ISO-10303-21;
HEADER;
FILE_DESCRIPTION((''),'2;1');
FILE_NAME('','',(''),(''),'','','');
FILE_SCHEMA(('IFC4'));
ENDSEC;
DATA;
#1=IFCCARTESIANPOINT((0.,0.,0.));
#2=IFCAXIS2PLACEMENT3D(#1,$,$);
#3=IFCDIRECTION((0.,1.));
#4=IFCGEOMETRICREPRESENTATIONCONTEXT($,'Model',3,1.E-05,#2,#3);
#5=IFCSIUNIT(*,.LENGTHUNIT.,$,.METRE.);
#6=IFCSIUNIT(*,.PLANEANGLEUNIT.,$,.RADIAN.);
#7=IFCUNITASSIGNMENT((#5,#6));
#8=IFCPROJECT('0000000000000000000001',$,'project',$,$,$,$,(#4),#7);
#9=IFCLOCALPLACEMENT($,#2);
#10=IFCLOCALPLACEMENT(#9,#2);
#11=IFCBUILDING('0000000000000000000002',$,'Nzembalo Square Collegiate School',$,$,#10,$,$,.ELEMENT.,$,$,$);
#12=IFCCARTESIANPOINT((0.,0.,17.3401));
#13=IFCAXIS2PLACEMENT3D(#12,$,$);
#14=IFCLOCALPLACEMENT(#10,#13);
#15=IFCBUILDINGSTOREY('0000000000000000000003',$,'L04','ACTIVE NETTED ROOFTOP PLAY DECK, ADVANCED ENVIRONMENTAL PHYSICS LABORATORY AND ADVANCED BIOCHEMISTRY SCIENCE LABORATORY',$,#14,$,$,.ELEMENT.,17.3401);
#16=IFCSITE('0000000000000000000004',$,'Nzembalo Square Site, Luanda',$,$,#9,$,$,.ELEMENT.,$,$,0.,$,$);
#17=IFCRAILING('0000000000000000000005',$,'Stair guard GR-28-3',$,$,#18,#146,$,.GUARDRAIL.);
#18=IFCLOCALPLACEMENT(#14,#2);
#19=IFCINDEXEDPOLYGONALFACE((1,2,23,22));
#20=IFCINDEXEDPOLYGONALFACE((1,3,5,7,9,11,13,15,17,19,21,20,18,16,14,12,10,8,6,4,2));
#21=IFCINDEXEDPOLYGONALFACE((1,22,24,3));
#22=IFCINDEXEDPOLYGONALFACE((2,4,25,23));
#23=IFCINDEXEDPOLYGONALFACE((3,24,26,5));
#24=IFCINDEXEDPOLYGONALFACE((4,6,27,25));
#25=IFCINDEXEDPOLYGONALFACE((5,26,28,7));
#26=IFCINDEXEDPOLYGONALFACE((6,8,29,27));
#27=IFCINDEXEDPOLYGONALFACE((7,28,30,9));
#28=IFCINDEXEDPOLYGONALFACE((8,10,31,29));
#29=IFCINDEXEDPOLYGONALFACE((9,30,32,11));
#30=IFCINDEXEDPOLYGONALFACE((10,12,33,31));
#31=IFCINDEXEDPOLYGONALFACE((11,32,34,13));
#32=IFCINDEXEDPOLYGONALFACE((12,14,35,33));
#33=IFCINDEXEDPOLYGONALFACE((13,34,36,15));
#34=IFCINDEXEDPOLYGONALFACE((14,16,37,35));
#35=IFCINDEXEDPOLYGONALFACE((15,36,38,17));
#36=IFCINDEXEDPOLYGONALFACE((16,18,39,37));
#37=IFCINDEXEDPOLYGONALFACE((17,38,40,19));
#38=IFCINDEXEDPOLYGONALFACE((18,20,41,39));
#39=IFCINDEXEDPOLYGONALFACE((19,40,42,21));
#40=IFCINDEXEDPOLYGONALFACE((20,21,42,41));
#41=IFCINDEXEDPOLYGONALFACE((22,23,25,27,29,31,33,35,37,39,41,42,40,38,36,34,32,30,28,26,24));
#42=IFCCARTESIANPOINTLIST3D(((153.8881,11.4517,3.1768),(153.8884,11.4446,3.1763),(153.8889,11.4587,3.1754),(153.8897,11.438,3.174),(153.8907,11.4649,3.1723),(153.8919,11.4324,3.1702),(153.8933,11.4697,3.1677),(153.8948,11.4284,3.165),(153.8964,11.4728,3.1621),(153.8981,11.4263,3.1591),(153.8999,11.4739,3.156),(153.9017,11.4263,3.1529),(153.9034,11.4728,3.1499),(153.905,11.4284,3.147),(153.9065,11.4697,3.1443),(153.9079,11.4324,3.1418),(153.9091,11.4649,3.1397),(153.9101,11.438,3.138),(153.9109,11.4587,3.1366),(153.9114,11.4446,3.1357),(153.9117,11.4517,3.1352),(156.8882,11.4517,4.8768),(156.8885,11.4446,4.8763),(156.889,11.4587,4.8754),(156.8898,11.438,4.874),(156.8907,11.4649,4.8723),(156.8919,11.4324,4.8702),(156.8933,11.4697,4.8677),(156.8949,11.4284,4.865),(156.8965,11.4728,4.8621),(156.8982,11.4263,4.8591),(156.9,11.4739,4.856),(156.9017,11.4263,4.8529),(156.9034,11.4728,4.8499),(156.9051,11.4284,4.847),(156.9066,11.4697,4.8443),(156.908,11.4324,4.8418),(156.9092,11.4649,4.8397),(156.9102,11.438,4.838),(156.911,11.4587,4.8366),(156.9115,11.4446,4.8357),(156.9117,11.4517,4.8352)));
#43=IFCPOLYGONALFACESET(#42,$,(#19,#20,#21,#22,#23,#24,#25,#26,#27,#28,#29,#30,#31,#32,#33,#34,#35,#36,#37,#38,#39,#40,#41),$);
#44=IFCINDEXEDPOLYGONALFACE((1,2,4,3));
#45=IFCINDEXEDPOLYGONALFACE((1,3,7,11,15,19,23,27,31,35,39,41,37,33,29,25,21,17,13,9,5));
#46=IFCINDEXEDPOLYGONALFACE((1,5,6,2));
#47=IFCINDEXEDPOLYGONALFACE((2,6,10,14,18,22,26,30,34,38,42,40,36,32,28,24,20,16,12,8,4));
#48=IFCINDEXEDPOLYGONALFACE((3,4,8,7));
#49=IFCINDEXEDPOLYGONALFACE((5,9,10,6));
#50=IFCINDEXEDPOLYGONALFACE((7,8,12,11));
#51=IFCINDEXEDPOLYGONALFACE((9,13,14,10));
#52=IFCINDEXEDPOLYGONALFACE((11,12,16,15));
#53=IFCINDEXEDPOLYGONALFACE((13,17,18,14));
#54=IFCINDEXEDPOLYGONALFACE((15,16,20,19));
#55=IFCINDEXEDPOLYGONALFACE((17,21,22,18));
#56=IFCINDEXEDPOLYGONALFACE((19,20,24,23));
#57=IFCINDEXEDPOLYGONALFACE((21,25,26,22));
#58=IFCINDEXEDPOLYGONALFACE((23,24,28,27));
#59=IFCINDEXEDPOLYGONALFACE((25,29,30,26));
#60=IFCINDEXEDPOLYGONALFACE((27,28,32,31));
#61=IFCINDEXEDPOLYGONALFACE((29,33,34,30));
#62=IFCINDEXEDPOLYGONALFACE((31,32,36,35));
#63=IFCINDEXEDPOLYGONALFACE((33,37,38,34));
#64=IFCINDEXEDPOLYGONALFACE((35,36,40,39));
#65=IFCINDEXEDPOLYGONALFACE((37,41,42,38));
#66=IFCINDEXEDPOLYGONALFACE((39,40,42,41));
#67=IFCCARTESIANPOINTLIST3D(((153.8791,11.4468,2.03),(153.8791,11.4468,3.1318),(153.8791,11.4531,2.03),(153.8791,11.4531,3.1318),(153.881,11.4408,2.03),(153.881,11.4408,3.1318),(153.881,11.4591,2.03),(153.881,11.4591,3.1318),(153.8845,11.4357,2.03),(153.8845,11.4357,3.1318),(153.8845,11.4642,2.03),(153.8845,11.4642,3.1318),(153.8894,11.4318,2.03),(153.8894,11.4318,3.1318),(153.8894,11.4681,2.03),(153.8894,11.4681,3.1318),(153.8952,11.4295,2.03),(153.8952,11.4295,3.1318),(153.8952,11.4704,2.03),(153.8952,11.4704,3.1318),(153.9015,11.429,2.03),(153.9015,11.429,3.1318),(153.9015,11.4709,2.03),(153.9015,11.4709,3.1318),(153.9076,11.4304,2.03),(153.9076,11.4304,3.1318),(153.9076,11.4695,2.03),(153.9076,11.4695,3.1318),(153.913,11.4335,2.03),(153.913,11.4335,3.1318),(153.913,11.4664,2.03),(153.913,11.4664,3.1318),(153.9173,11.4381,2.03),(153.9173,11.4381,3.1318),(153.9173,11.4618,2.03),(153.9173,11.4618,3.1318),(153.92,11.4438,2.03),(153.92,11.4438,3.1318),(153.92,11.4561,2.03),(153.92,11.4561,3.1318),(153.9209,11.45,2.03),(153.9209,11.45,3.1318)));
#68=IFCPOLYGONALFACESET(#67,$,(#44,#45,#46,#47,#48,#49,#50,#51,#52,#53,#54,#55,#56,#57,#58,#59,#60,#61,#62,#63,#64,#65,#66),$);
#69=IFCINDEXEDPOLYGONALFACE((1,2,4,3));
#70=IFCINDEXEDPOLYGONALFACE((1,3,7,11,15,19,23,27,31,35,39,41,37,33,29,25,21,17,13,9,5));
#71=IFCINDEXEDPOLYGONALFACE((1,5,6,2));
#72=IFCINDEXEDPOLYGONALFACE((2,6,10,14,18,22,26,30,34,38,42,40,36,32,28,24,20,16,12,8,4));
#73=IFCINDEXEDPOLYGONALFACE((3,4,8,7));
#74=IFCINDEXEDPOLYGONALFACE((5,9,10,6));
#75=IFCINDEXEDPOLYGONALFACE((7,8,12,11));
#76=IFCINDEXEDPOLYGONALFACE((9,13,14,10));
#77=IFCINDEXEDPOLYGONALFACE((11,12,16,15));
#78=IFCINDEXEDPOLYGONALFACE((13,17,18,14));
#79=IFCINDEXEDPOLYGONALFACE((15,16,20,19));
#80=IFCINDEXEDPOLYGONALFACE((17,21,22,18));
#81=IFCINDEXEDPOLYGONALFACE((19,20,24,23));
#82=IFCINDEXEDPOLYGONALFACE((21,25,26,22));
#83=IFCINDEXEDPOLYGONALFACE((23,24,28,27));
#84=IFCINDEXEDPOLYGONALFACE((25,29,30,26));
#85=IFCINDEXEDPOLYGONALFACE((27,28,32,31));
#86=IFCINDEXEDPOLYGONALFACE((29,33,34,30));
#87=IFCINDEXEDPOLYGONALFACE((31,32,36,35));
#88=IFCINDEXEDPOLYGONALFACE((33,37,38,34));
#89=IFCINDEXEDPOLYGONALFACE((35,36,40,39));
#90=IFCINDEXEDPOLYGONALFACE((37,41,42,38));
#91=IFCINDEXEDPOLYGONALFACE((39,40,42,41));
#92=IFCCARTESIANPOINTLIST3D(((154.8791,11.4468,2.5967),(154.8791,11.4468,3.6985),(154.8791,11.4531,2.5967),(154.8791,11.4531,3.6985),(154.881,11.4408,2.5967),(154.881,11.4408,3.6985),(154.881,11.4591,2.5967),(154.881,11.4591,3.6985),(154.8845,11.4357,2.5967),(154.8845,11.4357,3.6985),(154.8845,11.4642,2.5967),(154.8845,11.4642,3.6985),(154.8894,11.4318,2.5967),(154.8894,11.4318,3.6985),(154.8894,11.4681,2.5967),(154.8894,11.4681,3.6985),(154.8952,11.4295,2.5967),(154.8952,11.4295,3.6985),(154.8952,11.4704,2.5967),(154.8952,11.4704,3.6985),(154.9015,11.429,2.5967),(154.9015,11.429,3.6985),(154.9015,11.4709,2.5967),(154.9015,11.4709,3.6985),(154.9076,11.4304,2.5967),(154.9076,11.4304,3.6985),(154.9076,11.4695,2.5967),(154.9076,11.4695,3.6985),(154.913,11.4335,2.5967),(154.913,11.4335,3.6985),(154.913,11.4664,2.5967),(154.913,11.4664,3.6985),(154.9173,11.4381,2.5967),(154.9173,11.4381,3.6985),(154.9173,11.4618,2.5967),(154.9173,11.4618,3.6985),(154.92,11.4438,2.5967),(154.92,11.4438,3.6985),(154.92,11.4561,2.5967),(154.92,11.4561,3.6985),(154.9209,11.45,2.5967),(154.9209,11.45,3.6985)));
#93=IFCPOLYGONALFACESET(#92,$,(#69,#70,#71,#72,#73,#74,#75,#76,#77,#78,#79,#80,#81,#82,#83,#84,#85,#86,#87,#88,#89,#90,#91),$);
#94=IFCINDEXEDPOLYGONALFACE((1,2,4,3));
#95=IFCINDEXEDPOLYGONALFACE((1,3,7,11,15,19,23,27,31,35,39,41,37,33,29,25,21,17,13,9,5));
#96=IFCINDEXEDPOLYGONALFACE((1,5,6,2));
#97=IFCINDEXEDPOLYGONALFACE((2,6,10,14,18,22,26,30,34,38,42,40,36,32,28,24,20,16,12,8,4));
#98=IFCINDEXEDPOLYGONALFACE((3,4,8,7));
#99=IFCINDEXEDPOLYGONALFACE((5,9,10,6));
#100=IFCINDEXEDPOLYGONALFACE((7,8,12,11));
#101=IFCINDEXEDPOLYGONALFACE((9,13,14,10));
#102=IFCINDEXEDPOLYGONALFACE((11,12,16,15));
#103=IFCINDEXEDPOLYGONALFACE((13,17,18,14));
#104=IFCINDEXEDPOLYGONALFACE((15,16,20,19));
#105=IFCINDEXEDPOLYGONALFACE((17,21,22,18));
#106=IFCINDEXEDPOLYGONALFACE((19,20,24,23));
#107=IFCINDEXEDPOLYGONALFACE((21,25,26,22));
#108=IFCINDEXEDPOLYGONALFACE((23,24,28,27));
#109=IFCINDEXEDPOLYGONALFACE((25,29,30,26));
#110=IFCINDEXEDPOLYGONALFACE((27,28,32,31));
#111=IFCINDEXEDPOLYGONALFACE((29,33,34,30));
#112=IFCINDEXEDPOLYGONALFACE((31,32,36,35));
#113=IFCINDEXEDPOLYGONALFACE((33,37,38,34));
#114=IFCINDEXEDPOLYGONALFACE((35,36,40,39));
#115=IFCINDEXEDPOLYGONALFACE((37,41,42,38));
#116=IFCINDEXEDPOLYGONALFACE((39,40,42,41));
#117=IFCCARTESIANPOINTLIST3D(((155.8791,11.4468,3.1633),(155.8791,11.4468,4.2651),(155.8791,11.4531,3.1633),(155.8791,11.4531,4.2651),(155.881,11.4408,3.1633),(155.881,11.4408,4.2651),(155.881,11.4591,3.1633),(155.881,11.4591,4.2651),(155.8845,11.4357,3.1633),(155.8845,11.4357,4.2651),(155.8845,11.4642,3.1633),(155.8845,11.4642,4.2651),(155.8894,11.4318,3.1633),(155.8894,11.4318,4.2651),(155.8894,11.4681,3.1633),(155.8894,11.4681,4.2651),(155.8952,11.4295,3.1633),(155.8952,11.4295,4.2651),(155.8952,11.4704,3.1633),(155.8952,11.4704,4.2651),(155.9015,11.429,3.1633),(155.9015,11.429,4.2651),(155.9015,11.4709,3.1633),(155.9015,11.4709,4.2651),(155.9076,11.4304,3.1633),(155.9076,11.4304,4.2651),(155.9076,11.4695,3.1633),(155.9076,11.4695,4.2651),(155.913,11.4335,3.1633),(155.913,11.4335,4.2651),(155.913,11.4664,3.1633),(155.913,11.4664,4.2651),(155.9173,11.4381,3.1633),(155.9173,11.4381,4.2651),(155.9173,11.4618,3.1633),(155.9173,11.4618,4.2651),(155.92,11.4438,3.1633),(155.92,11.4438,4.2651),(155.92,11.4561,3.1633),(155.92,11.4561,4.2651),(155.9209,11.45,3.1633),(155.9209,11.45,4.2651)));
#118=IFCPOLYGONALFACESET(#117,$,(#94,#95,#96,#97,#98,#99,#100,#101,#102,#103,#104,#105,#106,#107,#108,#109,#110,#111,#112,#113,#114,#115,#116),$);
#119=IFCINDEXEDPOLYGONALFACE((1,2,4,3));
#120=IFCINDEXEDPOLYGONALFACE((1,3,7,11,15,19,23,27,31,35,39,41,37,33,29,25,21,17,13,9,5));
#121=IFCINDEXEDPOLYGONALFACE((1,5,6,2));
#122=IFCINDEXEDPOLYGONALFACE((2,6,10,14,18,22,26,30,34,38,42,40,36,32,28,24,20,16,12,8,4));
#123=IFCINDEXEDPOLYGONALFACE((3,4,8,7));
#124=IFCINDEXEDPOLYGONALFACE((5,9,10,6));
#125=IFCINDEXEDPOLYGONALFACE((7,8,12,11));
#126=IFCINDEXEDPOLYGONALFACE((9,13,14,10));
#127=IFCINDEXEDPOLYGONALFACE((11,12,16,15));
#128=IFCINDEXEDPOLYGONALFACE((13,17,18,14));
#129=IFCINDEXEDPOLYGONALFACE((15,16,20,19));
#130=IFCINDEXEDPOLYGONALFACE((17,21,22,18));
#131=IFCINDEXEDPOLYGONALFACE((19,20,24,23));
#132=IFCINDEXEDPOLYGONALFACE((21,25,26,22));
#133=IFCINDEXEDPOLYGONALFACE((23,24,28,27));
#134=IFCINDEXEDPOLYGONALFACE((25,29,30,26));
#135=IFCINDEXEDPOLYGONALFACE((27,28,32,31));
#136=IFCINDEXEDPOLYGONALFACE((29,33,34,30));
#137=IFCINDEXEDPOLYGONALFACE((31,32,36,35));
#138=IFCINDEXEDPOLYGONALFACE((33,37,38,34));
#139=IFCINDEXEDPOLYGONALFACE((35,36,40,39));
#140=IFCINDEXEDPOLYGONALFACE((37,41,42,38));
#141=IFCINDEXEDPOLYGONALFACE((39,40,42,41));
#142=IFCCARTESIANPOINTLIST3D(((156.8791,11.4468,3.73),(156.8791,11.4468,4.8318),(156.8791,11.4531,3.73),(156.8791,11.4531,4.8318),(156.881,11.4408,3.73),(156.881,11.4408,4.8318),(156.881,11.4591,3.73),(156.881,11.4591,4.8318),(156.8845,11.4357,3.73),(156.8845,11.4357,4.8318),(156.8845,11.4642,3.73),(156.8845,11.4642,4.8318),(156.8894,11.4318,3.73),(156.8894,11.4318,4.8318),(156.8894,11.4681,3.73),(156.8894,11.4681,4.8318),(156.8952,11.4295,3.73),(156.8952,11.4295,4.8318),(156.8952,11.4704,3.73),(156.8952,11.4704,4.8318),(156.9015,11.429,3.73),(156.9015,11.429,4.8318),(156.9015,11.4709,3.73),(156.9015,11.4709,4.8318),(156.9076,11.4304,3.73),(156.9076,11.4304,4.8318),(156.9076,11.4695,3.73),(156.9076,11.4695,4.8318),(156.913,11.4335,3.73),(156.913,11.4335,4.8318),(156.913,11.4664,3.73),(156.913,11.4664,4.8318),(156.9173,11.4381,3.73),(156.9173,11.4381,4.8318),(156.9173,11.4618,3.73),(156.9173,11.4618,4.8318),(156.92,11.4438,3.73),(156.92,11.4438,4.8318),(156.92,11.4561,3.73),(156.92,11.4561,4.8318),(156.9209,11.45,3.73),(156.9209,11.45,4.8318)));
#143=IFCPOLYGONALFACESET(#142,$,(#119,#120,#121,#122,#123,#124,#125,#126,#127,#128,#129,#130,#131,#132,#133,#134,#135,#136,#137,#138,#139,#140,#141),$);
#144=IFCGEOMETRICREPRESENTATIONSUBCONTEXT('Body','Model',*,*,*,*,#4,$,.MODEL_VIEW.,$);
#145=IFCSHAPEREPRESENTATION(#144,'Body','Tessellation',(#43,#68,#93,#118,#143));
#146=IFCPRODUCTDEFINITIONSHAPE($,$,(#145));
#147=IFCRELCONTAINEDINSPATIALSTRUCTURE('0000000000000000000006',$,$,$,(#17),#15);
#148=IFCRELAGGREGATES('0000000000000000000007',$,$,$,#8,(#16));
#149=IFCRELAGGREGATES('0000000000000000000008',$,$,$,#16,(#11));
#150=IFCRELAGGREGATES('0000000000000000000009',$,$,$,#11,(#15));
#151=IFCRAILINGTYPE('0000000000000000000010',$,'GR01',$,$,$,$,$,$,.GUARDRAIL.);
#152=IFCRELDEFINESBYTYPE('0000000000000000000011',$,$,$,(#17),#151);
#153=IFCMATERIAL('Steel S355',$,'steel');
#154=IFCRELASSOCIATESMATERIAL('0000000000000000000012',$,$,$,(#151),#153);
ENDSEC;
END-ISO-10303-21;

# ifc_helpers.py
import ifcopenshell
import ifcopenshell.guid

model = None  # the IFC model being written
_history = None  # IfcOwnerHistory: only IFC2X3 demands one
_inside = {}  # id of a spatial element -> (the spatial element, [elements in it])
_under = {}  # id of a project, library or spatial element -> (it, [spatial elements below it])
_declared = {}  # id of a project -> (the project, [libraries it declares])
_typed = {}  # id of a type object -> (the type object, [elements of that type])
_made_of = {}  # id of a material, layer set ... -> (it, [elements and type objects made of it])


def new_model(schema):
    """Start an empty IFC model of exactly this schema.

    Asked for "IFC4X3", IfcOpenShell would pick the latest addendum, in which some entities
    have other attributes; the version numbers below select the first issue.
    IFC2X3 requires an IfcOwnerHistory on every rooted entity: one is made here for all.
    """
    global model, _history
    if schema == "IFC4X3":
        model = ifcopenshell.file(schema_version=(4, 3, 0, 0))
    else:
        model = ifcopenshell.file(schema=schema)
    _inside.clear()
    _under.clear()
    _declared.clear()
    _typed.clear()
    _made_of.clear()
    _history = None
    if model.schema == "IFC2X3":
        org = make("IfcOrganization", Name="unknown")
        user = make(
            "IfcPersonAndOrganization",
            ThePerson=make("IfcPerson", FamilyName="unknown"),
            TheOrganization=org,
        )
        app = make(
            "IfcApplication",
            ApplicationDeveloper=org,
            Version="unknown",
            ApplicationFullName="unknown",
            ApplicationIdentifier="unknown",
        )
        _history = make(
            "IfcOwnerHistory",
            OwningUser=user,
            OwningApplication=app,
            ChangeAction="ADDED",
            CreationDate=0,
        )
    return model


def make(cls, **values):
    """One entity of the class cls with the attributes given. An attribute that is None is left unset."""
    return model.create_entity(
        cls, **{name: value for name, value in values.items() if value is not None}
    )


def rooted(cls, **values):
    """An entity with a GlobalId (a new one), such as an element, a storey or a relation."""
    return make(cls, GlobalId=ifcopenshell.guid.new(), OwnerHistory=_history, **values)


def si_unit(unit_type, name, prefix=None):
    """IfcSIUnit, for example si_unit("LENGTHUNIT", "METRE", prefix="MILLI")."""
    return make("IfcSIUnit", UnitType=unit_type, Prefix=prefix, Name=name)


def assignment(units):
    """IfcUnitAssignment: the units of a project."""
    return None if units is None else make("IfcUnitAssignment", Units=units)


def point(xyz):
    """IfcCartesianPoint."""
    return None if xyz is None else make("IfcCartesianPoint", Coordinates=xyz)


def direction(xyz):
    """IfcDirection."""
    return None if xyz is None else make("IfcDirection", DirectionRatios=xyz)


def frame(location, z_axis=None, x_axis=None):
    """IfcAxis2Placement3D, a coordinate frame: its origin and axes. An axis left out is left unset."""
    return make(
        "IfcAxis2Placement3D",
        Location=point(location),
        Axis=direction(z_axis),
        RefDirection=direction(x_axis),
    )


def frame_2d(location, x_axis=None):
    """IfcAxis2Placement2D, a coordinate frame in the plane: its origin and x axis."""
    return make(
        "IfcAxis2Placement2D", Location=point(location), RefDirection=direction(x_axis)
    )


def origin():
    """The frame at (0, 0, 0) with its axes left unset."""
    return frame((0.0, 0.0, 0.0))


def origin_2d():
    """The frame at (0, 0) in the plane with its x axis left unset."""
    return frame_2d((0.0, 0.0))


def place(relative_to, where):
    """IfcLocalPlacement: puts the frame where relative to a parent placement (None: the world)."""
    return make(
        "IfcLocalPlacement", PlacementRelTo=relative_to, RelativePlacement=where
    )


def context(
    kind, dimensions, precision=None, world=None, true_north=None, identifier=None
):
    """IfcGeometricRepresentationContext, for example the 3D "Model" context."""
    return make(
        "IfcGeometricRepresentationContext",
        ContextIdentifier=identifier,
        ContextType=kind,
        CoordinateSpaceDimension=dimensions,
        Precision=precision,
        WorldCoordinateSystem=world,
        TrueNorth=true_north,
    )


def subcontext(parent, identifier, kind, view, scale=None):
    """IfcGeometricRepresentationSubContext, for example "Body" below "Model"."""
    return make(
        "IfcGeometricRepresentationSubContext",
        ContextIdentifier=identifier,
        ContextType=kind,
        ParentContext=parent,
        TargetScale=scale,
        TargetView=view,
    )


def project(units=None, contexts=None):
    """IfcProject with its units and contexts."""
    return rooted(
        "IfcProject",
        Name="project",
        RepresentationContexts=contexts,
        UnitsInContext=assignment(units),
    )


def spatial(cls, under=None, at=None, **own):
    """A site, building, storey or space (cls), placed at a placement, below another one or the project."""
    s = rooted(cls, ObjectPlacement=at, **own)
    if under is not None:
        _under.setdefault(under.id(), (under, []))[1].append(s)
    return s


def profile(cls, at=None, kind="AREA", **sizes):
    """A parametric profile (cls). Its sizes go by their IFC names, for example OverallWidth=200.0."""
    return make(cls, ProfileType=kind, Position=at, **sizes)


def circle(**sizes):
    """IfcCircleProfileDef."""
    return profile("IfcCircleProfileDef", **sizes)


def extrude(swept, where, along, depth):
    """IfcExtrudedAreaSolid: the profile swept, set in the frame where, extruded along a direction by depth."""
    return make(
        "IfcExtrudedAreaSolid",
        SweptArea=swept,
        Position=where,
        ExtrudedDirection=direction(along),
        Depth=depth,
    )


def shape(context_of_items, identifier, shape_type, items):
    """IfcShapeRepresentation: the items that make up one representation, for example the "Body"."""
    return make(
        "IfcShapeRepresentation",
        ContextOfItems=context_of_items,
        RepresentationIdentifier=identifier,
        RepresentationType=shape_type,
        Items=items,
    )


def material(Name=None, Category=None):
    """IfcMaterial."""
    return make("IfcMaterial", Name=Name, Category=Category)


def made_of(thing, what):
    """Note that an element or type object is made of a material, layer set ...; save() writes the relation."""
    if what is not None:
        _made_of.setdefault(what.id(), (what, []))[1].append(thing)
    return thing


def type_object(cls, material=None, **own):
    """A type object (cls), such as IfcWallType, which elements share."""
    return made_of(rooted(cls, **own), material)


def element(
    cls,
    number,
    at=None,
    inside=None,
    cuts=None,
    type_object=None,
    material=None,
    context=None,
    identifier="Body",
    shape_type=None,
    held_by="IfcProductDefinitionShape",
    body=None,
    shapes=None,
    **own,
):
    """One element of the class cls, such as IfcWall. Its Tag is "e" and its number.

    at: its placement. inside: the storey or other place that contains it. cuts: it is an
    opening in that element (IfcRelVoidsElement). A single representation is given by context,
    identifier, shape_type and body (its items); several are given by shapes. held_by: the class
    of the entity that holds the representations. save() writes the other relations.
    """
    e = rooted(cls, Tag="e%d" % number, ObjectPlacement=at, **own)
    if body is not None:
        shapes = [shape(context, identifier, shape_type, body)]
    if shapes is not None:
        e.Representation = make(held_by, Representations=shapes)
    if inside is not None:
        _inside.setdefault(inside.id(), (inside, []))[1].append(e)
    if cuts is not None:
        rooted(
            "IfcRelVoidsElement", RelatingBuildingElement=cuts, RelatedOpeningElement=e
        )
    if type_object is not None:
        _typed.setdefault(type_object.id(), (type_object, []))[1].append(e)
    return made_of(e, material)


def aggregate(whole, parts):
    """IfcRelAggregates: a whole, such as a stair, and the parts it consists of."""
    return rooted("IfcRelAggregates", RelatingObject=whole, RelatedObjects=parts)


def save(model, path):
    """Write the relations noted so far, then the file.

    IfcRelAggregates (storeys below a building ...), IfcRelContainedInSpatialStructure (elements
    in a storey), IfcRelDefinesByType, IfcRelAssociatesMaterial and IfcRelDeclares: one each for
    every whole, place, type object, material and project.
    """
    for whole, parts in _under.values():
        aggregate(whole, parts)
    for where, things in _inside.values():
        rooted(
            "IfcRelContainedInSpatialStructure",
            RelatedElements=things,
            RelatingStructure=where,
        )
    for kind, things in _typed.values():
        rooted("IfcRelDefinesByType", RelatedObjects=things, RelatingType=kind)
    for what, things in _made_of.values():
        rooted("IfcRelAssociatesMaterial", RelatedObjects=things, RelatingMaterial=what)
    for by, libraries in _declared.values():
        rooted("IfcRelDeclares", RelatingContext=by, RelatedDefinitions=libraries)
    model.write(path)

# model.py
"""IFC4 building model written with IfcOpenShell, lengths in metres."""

from ifc_helpers import new_model, si_unit, direction, frame, origin, origin_2d, place, context, subcontext, project, spatial, circle, extrude, material, type_object, element, save


model = new_model("IFC4")

# Units and contexts
model_context = context("Model", 3, precision=1e-05, world=origin(), true_north=direction((0.0, 1.0)))
body_context = subcontext(model_context, "Body", "Model", "MODEL_VIEW")
ifc_project = project(units=[si_unit("LENGTHUNIT", "METRE"), si_unit("PLANEANGLEUNIT", "RADIAN")], contexts=[model_context])

# Site, building, storey
site_placement = place(None, origin())
site = spatial("IfcSite", under=ifc_project, at=site_placement, Name="Nzembalo Square Site, Luanda", CompositionType="ELEMENT", RefElevation=0.0)
building_placement = place(site_placement, origin())
building = spatial("IfcBuilding", under=site, at=building_placement, Name="Nzembalo Square Collegiate School", CompositionType="ELEMENT")
storey_placement = place(building_placement, frame((0.0, 0.0, 17.3401)))
storey = spatial("IfcBuildingStorey", under=building, at=storey_placement, Name="L04", Description="ACTIVE NETTED ROOFTOP PLAY DECK, ADVANCED ENVIRONMENTAL PHYSICS LABORATORY AND ADVANCED BIOCHEMISTRY SCIENCE LABORATORY", CompositionType="ELEMENT", Elevation=17.3401)

# Railing
ifc_material_1 = material(Name="Steel S355", Category="steel")
railing_type_1 = type_object("IfcRailingType", Name="GR01", PredefinedType="GUARDRAIL", material=ifc_material_1)
railing_1_placement = place(storey_placement, frame((153.8999, 11.45, 2.03)))
element("IfcRailing", 1, at=railing_1_placement, inside=storey, type_object=railing_type_1, Name="Stair guard GR-28-3", PredefinedType="GUARDRAIL", context=body_context, shape_type="SweptSolid", body=[
    extrude(circle(Radius=0.0239, at=origin_2d()), frame((0.0, 0.0, 1.126), z_axis=(0.870028, 0.0, 0.493002), x_axis=(0.0, 1.0, 0.0)), (0.0, 0.0, 1.0), 3.4482),
    extrude(circle(Radius=0.021, at=origin_2d()), origin(), (0.0, 0.0, 1.0), 1.1018),
    extrude(circle(Radius=0.021, at=origin_2d()), frame((1.0, 0.0, 0.5667)), (0.0, 0.0, 1.0), 1.1018),
    extrude(circle(Radius=0.021, at=origin_2d()), frame((2.0, 0.0, 1.1333)), (0.0, 0.0, 1.0), 1.1018),
    extrude(circle(Radius=0.021, at=origin_2d()), frame((3.0, 0.0, 1.7)), (0.0, 0.0, 1.0), 1.1018),
])

save(model, "model.ifc")
